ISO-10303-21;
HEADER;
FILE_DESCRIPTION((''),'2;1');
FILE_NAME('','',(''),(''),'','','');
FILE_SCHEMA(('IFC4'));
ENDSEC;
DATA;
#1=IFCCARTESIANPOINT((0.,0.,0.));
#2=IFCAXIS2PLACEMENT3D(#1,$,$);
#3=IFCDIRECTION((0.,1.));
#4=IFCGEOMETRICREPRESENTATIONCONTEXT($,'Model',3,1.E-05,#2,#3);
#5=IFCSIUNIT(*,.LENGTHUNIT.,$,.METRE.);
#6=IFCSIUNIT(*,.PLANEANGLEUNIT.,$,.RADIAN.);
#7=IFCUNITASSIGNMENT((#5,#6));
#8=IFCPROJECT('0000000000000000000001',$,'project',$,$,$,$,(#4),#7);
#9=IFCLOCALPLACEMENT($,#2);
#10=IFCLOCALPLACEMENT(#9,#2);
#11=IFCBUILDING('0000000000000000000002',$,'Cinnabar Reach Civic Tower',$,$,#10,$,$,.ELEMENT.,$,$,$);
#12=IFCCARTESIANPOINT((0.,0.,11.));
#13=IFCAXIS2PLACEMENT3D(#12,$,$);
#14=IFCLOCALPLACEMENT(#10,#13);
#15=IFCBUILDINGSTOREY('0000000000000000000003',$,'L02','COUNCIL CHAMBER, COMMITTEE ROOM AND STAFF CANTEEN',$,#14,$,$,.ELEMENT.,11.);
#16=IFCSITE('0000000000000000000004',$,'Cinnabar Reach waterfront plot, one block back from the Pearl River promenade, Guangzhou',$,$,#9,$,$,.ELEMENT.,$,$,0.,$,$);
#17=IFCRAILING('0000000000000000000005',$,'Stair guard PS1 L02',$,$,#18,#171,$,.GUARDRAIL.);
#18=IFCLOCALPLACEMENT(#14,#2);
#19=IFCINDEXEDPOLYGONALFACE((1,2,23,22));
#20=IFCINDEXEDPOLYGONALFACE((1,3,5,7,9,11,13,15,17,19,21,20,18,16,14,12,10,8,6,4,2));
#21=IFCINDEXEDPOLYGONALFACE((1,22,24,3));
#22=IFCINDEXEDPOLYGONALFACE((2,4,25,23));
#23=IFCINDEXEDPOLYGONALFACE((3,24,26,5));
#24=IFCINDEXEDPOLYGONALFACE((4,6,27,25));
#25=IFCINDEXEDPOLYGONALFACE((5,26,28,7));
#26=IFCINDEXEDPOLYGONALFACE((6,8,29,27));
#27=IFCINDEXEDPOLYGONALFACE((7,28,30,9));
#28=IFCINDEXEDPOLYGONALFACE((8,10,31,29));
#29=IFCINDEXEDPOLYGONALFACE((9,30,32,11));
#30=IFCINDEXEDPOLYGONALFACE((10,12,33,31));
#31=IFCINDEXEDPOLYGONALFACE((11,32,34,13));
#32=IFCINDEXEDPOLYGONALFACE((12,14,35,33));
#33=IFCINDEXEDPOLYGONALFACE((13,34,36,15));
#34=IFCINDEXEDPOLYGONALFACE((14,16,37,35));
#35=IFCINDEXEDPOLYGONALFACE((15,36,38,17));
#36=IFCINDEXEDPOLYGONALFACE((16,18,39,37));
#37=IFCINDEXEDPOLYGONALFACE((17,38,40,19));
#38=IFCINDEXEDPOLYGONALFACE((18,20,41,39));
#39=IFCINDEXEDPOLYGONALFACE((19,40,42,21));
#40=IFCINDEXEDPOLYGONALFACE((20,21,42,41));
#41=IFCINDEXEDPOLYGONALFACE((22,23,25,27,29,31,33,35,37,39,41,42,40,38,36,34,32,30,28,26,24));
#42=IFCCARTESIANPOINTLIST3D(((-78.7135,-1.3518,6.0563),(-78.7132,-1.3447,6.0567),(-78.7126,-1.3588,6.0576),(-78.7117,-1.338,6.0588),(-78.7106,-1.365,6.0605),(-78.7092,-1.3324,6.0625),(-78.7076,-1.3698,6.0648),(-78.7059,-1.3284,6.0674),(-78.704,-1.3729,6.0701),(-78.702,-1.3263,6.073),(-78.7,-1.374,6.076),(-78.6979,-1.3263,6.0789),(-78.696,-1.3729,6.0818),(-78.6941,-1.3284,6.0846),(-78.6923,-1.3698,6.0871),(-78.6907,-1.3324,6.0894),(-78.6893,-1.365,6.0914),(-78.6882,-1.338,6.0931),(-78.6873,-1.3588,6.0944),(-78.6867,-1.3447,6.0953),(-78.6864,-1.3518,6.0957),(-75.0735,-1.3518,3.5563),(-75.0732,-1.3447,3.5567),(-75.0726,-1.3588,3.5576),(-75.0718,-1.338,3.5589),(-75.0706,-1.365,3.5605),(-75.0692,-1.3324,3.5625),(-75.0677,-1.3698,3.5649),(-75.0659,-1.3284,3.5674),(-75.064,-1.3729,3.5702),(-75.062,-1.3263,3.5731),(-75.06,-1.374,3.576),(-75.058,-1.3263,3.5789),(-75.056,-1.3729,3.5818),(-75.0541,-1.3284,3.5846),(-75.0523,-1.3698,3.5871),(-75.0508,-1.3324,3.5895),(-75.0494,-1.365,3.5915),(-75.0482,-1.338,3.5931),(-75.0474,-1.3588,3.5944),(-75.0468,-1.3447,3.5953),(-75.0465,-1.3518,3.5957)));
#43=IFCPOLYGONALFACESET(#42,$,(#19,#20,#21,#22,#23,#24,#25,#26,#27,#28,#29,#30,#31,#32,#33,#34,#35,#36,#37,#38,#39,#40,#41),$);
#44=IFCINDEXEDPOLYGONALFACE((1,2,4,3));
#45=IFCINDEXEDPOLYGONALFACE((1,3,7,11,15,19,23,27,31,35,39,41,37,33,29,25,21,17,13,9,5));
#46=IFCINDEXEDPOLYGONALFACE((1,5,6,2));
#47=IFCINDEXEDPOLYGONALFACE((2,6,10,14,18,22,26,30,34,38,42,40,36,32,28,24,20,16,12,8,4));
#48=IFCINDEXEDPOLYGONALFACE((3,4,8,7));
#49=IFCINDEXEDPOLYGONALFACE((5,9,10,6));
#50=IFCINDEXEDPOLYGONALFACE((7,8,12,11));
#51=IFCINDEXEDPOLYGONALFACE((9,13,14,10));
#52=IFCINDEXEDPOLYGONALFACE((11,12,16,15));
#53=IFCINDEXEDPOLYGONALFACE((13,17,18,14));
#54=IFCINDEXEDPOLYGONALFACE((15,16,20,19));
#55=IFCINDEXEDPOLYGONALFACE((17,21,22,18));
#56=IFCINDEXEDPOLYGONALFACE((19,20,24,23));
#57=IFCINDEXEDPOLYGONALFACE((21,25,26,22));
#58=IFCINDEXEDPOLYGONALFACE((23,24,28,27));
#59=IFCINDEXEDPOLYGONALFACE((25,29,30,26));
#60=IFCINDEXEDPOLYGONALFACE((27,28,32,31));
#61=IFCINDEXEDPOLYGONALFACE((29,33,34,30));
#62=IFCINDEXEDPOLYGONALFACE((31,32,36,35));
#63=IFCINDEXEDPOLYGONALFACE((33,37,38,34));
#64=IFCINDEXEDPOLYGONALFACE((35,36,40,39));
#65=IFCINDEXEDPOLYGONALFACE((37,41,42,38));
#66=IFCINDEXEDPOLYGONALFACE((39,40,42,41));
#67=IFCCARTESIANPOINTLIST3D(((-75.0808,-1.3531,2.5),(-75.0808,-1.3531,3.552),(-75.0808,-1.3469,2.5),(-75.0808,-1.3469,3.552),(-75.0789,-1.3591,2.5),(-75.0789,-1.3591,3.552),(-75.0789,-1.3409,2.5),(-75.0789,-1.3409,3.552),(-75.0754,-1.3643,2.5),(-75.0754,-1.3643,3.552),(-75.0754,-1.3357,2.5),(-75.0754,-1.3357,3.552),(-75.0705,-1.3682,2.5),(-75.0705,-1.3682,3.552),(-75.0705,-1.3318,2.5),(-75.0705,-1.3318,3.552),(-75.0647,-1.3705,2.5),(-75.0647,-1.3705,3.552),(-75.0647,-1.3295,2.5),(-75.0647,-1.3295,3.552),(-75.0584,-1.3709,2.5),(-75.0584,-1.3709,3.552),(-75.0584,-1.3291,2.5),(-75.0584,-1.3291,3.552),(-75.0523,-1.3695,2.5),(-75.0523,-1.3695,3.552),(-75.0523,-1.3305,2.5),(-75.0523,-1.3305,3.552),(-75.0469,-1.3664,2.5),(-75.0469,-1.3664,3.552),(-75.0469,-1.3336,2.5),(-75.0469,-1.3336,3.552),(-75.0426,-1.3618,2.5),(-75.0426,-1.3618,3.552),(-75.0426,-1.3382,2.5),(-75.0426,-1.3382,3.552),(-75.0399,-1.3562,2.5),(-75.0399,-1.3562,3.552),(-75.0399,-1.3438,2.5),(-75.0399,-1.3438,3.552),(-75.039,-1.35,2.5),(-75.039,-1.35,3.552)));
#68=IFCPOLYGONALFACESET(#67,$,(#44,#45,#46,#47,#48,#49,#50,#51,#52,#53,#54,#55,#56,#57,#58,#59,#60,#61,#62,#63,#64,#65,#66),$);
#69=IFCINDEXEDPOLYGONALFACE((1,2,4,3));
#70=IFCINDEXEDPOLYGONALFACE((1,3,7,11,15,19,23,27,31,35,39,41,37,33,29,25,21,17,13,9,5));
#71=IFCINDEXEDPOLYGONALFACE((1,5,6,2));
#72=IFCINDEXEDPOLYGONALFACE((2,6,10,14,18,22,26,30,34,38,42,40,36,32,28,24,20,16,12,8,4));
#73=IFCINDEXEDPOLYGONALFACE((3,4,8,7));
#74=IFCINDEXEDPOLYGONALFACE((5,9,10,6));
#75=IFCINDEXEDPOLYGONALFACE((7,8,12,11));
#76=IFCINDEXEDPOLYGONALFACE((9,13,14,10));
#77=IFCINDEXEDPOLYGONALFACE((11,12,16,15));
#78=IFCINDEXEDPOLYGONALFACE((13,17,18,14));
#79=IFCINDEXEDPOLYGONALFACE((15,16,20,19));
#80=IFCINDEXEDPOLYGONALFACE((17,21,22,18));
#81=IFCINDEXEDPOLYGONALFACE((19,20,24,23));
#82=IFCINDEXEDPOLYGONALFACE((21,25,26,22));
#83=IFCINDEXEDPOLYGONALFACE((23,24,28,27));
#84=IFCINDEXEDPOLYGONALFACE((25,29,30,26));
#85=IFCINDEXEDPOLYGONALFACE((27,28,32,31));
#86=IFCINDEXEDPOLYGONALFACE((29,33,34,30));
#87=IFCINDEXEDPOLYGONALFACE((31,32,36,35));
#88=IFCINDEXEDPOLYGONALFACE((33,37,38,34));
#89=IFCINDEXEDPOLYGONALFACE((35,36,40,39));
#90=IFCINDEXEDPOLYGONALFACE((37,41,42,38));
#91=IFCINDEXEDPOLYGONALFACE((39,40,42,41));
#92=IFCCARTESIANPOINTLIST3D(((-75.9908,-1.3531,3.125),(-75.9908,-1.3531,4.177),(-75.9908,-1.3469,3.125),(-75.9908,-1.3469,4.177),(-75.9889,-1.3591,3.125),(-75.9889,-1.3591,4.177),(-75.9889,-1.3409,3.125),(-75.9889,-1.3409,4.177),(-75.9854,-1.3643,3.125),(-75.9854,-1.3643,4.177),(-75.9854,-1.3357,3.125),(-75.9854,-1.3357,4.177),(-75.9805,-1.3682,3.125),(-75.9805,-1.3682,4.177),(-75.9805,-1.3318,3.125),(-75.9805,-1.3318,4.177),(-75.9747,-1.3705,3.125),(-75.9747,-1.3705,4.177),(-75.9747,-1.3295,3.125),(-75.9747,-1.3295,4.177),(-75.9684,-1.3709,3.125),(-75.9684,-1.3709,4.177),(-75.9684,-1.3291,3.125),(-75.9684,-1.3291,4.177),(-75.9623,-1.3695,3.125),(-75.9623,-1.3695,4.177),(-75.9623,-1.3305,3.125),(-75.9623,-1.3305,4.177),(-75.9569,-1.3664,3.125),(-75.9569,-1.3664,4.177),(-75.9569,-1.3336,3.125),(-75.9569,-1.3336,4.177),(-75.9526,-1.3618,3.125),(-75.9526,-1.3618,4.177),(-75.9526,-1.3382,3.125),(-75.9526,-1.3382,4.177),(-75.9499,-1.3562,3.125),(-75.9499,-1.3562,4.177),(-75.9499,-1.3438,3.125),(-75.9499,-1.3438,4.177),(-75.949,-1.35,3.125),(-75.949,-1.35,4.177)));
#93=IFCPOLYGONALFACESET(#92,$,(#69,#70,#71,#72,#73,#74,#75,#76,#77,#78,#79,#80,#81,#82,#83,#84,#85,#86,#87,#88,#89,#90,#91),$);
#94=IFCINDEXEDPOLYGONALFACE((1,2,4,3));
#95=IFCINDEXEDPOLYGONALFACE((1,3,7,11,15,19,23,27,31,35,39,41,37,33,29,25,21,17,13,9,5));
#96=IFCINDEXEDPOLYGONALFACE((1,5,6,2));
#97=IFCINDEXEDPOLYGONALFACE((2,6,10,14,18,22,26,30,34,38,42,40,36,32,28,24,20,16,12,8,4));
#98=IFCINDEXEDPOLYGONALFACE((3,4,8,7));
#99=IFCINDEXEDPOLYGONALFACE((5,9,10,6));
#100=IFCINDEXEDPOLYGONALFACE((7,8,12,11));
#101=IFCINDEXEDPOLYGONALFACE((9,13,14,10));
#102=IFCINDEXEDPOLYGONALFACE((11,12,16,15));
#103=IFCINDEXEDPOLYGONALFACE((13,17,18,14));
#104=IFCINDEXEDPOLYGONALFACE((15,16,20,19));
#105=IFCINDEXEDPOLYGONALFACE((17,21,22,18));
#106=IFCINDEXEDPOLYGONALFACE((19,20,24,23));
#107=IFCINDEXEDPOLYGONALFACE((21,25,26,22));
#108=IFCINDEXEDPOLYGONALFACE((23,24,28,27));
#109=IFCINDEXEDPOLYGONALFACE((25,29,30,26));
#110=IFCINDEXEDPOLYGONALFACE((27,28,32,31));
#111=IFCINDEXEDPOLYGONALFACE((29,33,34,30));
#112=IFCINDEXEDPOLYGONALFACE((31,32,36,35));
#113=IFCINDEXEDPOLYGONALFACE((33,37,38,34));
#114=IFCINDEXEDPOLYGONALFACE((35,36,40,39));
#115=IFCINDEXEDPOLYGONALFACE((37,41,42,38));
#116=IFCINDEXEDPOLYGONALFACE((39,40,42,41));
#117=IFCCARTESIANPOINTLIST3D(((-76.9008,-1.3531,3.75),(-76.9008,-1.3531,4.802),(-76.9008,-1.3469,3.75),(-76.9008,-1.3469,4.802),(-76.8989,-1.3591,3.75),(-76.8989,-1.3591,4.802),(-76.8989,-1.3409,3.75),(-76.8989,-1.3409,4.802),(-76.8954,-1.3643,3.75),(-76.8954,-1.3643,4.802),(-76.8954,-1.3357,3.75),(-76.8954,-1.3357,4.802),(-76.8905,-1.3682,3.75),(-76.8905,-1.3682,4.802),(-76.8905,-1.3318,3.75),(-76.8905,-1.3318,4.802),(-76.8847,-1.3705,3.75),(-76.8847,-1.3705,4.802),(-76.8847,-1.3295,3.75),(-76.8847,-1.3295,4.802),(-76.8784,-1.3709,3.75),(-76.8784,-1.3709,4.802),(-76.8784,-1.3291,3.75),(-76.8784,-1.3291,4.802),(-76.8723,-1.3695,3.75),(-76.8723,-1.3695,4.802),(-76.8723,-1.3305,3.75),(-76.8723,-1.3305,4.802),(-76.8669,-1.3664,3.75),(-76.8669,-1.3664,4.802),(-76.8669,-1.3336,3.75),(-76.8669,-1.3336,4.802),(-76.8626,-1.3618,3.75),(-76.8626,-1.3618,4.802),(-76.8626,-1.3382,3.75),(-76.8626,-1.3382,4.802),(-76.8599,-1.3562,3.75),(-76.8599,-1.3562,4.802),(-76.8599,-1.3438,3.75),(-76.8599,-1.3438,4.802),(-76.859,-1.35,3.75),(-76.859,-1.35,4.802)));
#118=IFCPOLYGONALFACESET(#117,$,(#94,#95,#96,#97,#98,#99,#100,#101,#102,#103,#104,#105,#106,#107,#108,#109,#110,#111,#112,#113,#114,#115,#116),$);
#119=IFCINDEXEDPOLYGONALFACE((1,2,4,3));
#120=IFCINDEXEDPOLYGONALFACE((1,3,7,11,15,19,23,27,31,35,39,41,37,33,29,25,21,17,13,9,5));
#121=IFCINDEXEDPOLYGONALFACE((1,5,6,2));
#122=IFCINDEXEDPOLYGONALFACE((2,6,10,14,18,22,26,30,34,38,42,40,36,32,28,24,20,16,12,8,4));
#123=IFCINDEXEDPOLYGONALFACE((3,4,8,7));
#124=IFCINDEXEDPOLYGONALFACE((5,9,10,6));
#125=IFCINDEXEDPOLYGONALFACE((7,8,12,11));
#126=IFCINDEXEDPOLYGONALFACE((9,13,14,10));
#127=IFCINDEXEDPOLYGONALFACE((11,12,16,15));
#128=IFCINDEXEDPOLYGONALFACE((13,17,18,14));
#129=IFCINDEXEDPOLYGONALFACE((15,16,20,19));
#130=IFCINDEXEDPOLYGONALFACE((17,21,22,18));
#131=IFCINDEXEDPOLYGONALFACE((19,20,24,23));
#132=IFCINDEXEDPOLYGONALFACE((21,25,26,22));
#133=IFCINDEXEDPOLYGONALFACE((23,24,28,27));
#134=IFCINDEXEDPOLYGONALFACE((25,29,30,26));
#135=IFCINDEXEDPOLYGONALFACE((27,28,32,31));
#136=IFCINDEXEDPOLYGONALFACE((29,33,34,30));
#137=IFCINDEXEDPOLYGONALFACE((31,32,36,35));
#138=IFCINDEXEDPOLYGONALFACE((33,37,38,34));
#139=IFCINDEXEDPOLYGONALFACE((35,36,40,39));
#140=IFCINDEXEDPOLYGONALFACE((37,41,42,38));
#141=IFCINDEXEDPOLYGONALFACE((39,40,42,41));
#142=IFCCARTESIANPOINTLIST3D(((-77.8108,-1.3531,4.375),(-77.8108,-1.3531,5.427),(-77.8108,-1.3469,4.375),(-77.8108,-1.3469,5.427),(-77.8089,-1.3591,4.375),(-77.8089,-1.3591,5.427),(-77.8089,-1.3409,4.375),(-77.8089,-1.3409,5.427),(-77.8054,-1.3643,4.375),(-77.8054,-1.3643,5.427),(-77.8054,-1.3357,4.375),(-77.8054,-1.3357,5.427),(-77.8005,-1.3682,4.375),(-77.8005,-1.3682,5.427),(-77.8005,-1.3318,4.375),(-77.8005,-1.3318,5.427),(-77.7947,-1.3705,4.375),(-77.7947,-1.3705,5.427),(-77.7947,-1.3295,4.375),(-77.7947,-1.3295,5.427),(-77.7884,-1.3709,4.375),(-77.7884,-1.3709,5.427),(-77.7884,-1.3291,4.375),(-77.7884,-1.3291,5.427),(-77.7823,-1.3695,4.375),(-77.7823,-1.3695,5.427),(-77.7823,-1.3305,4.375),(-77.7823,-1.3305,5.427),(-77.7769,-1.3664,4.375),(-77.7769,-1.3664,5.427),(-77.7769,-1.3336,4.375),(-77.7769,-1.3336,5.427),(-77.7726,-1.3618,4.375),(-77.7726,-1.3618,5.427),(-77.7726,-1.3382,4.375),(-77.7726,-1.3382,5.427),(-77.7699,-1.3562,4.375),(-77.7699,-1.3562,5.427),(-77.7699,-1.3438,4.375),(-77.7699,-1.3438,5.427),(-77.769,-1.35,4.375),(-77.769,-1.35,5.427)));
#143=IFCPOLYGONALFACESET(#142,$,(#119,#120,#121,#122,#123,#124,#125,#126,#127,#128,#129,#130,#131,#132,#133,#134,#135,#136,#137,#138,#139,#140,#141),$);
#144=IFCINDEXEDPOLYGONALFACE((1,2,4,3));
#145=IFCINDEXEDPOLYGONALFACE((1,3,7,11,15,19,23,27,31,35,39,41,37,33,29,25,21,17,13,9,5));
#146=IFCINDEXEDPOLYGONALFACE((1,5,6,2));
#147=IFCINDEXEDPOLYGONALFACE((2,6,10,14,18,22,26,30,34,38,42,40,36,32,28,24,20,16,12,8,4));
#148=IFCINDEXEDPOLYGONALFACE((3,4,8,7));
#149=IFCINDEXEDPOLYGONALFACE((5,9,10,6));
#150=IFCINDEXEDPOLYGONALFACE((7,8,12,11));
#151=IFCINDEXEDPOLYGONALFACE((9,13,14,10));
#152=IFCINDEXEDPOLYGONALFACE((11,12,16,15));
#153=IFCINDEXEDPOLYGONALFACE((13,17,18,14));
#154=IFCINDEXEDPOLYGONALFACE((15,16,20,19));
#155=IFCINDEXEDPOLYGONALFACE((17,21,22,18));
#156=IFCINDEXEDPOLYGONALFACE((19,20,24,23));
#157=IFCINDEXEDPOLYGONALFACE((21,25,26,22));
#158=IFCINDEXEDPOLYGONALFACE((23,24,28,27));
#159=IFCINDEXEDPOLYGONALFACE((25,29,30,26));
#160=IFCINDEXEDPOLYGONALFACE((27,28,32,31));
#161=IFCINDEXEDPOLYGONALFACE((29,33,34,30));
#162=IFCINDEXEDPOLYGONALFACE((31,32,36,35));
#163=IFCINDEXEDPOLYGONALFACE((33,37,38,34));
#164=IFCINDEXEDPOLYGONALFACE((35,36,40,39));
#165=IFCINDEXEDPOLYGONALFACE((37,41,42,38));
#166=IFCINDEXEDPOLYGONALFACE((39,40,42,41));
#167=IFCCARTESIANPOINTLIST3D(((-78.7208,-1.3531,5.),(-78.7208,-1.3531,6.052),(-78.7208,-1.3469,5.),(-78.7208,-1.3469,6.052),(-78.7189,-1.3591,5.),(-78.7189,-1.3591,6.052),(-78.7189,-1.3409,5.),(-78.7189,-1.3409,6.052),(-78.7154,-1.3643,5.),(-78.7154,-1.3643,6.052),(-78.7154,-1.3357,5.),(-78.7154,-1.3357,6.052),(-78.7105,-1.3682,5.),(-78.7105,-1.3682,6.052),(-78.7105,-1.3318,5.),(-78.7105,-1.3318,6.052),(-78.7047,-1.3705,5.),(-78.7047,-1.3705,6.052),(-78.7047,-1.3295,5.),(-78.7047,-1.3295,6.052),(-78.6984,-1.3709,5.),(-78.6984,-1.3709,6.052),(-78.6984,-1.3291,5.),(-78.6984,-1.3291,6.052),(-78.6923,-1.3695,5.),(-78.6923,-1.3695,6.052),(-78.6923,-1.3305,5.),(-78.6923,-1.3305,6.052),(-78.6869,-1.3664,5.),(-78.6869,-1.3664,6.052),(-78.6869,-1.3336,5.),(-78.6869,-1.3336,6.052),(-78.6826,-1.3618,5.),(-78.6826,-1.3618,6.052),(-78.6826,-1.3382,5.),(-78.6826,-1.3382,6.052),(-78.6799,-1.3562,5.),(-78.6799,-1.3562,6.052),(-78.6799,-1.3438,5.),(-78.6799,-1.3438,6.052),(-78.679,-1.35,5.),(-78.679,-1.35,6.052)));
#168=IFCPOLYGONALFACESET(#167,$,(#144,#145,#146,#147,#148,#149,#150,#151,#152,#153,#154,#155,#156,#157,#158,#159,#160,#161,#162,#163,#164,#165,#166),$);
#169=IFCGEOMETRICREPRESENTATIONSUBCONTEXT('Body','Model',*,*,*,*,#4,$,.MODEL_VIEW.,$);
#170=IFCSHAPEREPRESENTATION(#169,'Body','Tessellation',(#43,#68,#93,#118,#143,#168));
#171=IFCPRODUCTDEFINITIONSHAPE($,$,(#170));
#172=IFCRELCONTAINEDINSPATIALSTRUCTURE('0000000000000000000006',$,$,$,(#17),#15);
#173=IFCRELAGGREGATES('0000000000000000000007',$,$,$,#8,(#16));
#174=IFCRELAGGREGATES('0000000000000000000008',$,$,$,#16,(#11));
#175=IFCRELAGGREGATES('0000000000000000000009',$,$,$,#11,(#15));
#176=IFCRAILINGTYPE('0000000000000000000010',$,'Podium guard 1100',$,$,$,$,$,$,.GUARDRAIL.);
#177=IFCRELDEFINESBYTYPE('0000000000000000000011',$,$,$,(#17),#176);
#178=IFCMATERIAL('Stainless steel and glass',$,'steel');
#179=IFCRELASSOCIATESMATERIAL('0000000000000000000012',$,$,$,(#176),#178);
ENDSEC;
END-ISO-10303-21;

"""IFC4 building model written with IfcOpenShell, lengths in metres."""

from ifc_helpers import new_model, si_unit, direction, frame, origin, origin_2d, place, context, subcontext, project, spatial, circle, extrude, material, type_object, element, save


model = new_model("IFC4")

# Units and contexts
model_context = context("Model", 3, precision=1e-05, world=origin(), true_north=direction((0.0, 1.0)))
body_context = subcontext(model_context, "Body", "Model", "MODEL_VIEW")
ifc_project = project(units=[si_unit("LENGTHUNIT", "METRE"), si_unit("PLANEANGLEUNIT", "RADIAN")], contexts=[model_context])

# Site, building, storey
site_placement = place(None, origin())
site = spatial("IfcSite", under=ifc_project, at=site_placement, Name="Cinnabar Reach waterfront plot, one block back from the Pearl River promenade, Guangzhou", CompositionType="ELEMENT", RefElevation=0.0)
building_placement = place(site_placement, origin())
building = spatial("IfcBuilding", under=site, at=building_placement, Name="Cinnabar Reach Civic Tower", CompositionType="ELEMENT")
storey_placement = place(building_placement, frame((0.0, 0.0, 11.0)))
storey = spatial("IfcBuildingStorey", under=building, at=storey_placement, Name="L02", Description="COUNCIL CHAMBER, COMMITTEE ROOM AND STAFF CANTEEN", CompositionType="ELEMENT", Elevation=11.0)

# Railing
ifc_material_1 = material(Name="Stainless steel and glass", Category="steel")
railing_type_1 = type_object("IfcRailingType", Name="Podium guard 1100", PredefinedType="GUARDRAIL", material=ifc_material_1)
railing_1_placement = place(storey_placement, frame((-75.06, -1.35, 2.5)))
element("IfcRailing", 1, at=railing_1_placement, inside=storey, type_object=railing_type_1, Name="Stair guard PS1 L02", PredefinedType="GUARDRAIL", context=body_context, shape_type="SweptSolid", body=[
    extrude(circle(Radius=0.024, at=origin_2d()), frame((0.0, 0.0, 1.076), z_axis=(-0.824306, 0.0, 0.566144), x_axis=(0.0, -1.0, 0.0)), (0.0, 0.0, 1.0), 4.4158),
    extrude(circle(Radius=0.021, at=origin_2d()), origin(), (0.0, 0.0, 1.0), 1.052),
    extrude(circle(Radius=0.021, at=origin_2d()), frame((-0.91, 0.0, 0.625)), (0.0, 0.0, 1.0), 1.052),
    extrude(circle(Radius=0.021, at=origin_2d()), frame((-1.82, 0.0, 1.25)), (0.0, 0.0, 1.0), 1.052),
    extrude(circle(Radius=0.021, at=origin_2d()), frame((-2.73, 0.0, 1.875)), (0.0, 0.0, 1.0), 1.052),
    extrude(circle(Radius=0.021, at=origin_2d()), frame((-3.64, 0.0, 2.5)), (0.0, 0.0, 1.0), 1.052),
])

save(model, "model.ifc")
